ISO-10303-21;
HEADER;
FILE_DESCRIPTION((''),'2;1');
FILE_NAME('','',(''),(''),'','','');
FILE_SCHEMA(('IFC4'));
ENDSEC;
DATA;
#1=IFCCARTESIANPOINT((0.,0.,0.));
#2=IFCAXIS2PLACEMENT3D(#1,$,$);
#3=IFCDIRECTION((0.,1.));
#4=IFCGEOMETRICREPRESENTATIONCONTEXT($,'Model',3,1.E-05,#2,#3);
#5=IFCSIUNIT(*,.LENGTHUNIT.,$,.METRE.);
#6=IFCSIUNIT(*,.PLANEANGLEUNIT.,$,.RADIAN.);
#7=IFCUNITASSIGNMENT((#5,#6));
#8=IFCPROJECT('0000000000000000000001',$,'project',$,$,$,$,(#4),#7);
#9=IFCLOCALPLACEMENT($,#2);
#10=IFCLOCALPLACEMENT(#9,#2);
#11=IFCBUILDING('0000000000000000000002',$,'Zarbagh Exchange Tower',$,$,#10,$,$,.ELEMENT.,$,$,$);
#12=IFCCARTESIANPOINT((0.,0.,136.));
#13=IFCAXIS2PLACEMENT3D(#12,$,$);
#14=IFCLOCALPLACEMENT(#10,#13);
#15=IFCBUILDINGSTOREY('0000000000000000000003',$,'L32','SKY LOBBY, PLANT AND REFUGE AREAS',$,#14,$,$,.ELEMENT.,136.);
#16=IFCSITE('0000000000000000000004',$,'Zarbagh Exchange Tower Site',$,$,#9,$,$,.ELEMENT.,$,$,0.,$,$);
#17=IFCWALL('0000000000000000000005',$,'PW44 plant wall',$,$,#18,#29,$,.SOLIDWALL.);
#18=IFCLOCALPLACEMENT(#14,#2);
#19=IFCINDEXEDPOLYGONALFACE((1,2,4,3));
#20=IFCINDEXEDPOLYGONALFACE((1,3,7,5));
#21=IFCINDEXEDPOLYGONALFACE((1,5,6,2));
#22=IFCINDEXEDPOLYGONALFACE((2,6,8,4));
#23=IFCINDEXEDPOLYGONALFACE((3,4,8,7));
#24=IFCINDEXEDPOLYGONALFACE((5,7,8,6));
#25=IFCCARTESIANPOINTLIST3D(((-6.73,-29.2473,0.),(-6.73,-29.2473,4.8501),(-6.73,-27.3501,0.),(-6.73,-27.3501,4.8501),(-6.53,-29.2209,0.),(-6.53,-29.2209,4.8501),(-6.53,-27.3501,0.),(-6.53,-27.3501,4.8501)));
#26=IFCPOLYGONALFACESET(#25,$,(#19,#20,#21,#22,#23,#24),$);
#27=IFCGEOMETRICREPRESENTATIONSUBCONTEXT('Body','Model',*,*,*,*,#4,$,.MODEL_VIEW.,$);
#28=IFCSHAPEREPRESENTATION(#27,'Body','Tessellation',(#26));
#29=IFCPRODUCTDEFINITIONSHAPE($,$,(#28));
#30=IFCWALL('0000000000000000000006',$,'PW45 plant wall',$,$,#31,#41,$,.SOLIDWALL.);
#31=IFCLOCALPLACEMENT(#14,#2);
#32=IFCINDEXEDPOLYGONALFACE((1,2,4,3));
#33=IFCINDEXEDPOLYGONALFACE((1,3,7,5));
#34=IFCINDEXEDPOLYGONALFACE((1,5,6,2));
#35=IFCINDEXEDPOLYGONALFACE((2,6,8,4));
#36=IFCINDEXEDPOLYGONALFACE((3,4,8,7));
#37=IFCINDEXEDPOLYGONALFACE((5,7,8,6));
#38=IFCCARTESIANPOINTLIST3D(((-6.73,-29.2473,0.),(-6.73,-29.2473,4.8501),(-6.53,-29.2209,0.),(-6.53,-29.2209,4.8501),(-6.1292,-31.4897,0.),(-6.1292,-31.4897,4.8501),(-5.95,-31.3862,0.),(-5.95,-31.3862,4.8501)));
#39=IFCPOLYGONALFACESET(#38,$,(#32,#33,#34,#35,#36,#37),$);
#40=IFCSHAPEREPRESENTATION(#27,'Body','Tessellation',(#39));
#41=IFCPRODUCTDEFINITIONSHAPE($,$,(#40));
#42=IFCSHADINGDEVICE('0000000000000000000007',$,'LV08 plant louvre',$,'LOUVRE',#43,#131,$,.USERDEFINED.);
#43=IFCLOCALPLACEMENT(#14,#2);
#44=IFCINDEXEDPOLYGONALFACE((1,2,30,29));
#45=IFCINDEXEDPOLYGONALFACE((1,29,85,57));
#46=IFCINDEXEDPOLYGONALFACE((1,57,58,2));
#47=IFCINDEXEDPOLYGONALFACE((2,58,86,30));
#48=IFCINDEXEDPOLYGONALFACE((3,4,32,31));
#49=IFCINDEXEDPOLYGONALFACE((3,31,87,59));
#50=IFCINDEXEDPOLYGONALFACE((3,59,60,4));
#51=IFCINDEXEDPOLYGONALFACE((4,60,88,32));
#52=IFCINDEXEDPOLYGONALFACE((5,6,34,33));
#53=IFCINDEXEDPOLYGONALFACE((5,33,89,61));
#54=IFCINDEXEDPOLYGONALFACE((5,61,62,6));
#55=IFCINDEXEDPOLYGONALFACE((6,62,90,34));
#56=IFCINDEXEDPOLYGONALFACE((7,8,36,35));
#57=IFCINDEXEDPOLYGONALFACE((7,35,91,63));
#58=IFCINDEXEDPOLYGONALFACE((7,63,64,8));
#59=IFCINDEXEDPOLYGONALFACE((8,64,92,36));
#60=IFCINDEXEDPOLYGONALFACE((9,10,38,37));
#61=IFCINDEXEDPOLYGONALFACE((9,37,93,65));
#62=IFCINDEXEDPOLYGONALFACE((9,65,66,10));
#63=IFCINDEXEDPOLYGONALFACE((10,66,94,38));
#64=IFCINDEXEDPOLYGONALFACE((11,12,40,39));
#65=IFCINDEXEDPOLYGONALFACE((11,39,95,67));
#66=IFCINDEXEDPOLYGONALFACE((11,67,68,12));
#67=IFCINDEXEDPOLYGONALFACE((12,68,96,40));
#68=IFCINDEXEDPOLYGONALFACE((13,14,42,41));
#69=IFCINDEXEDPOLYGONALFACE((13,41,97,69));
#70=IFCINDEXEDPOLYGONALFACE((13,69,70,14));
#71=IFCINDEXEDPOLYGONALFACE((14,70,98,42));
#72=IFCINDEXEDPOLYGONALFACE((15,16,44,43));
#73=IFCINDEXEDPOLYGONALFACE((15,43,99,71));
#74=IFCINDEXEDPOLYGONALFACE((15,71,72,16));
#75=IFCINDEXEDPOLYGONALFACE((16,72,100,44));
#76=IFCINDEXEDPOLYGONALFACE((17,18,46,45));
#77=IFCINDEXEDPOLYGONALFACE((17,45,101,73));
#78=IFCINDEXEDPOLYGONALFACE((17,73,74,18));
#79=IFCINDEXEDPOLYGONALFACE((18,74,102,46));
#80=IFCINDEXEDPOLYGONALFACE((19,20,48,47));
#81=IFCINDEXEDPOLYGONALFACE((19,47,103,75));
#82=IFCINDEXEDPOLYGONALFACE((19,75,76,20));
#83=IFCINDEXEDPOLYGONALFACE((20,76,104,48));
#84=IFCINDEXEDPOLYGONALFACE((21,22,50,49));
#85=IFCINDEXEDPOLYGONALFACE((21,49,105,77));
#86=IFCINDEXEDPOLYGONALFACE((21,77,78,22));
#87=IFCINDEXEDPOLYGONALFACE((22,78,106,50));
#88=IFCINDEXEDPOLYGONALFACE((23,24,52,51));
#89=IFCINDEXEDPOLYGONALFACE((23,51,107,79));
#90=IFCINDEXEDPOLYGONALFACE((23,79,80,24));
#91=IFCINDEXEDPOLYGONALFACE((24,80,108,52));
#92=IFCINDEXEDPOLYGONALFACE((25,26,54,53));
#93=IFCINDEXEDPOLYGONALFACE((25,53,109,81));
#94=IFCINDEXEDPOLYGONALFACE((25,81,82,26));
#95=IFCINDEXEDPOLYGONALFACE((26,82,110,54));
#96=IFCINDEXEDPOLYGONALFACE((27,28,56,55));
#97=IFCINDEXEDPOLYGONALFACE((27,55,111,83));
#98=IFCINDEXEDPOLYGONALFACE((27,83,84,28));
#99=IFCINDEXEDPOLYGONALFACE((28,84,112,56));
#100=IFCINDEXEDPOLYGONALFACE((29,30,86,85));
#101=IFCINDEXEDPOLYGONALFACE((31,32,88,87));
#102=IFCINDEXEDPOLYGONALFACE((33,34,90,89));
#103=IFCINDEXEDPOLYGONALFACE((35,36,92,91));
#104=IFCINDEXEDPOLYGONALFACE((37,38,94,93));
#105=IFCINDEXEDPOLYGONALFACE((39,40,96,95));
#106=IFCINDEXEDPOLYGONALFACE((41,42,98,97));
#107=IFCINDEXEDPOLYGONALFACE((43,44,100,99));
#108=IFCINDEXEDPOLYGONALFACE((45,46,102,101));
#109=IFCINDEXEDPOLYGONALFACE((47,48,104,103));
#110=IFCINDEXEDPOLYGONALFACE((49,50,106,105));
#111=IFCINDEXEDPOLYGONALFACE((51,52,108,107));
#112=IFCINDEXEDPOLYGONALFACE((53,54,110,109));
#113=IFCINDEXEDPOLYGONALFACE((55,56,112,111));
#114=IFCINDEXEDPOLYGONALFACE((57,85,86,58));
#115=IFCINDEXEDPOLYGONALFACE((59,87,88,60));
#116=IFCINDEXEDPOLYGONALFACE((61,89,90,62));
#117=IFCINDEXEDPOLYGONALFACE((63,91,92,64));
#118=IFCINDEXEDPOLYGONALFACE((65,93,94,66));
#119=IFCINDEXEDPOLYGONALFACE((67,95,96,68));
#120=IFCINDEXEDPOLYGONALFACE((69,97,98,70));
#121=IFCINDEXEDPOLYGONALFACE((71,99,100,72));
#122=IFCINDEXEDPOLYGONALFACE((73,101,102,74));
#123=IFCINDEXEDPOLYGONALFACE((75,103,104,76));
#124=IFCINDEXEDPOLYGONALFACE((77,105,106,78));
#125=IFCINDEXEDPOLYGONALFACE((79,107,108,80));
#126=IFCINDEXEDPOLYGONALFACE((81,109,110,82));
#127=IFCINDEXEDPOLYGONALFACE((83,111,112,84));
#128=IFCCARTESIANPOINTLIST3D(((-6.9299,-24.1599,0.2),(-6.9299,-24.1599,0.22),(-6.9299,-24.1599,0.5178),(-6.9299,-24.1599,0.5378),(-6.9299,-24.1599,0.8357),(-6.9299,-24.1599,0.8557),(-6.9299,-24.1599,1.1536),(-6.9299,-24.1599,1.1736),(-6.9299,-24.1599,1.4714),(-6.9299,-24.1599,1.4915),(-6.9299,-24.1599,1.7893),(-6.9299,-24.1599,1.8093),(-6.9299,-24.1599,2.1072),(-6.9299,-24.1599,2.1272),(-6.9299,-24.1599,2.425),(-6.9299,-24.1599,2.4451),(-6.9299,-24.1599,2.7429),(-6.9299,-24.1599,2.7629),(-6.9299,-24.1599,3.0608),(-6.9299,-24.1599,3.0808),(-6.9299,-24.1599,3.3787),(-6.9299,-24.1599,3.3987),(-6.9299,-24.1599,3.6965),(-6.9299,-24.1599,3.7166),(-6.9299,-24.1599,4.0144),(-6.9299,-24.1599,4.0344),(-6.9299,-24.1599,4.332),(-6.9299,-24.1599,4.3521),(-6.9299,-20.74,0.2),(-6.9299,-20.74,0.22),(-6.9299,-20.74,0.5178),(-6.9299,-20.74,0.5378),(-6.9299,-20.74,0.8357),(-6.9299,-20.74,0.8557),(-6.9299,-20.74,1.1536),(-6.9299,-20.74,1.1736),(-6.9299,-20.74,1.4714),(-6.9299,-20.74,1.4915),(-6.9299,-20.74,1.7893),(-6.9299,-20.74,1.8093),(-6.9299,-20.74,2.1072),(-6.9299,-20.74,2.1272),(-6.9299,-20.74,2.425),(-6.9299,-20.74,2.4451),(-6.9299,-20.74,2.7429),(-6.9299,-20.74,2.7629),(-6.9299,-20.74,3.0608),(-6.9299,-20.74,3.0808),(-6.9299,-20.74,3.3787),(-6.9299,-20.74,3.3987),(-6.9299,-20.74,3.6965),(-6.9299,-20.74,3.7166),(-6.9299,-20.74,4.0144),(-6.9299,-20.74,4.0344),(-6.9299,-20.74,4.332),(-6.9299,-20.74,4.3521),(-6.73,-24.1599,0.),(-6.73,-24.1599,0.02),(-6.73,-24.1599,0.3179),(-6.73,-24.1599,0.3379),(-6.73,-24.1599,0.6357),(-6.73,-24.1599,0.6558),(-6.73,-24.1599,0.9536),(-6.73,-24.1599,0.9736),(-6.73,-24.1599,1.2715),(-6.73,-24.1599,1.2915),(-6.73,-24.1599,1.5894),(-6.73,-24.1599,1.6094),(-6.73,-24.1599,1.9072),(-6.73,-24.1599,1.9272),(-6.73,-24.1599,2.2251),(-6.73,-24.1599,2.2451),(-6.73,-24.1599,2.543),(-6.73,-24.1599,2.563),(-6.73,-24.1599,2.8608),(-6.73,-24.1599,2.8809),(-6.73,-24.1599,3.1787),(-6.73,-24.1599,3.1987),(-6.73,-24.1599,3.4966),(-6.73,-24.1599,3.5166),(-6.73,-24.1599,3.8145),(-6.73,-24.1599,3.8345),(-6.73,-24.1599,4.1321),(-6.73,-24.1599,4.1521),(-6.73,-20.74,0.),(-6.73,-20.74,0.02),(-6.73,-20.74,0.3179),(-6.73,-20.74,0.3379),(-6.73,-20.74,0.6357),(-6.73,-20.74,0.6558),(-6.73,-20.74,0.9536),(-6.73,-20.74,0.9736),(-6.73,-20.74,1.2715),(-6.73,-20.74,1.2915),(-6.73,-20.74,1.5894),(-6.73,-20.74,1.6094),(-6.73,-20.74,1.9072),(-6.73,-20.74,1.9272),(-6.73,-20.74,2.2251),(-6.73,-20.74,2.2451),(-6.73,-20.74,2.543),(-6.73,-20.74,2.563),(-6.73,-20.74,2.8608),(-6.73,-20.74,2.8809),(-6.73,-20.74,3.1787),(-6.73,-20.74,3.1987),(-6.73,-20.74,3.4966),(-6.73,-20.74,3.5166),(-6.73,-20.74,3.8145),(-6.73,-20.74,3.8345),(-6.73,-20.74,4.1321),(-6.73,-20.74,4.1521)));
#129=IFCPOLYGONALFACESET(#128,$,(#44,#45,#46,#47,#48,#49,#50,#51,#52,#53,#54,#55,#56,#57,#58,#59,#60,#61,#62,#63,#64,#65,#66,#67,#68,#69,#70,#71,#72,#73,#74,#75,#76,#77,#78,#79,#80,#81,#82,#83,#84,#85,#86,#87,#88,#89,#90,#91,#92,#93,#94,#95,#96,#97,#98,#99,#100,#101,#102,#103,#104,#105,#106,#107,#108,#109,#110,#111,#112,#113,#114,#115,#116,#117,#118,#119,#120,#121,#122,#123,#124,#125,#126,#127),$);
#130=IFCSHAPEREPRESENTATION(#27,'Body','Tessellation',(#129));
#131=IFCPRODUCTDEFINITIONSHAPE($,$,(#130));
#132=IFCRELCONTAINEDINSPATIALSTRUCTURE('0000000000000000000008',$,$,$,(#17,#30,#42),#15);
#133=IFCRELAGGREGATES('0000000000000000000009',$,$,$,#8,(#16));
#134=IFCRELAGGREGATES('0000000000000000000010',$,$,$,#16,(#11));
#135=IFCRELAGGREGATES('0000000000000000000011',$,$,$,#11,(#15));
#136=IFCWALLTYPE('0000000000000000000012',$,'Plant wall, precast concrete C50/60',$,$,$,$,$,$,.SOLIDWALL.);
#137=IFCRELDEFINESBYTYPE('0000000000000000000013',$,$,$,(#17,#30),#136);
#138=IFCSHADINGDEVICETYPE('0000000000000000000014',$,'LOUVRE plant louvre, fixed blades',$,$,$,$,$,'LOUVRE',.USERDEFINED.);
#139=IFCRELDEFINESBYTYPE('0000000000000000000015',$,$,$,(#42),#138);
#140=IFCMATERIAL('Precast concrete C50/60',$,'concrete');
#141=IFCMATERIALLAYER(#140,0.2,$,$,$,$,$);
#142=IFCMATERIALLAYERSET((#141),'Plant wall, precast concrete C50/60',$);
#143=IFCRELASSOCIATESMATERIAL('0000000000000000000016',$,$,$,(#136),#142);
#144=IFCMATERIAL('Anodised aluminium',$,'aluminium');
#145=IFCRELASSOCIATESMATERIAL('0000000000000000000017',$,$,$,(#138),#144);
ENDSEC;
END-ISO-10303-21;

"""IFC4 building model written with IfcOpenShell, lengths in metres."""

from ifc_helpers import new_model, si_unit, direction, frame, origin, place, context, subcontext, project, spatial, polyline, outline, extrude, source, transform, mapped, material, layer, layer_set, type_object, element, save


model = new_model("IFC4")

# Units and contexts
model_context = context("Model", 3, precision=1e-05, world=origin(), true_north=direction((0.0, 1.0)))
body_context = subcontext(model_context, "Body", "Model", "MODEL_VIEW")
ifc_project = project(units=[si_unit("LENGTHUNIT", "METRE"), si_unit("PLANEANGLEUNIT", "RADIAN")], contexts=[model_context])

# Site, building, storey
site_placement = place(None, origin())
site = spatial("IfcSite", under=ifc_project, at=site_placement, Name="Zarbagh Exchange Tower Site", CompositionType="ELEMENT", RefElevation=0.0)
building_placement = place(site_placement, origin())
building = spatial("IfcBuilding", under=site, at=building_placement, Name="Zarbagh Exchange Tower", CompositionType="ELEMENT")
storey_placement = place(building_placement, frame((0.0, 0.0, 136.0)))
storey = spatial("IfcBuildingStorey", under=building, at=storey_placement, Name="L32", Description="SKY LOBBY, PLANT AND REFUGE AREAS", CompositionType="ELEMENT", Elevation=136.0)

# Walls
ifc_material_1 = material(Name="Precast concrete C50/60", Category="concrete")
ifc_layer_1 = layer(ifc_material_1, 0.2)
ifc_layer_set_1 = layer_set([ifc_layer_1], Name="Plant wall, precast concrete C50/60")
wall_type = type_object("IfcWallType", Name="Plant wall, precast concrete C50/60", PredefinedType="SOLIDWALL", material=ifc_layer_set_1)
wall_1_placement = place(storey_placement, origin())
element("IfcWall", 1, at=wall_1_placement, inside=storey, type_object=wall_type, Name="PW44 plant wall", PredefinedType="SOLIDWALL", context=body_context, shape_type="SweptSolid", body=[
    extrude(outline(polyline([(-6.73, -27.3501), (-6.73, -29.2473), (-6.53, -29.2209), (-6.53, -27.3501), (-6.73, -27.3501)])), origin(), (0.0, 0.0, 1.0), 4.8501),
])
wall_2_placement = place(storey_placement, origin())
element("IfcWall", 2, at=wall_2_placement, inside=storey, type_object=wall_type, Name="PW45 plant wall", PredefinedType="SOLIDWALL", context=body_context, shape_type="SweptSolid", body=[
    extrude(outline(polyline([(-6.73, -29.2473), (-6.1292, -31.4897), (-5.95, -31.3862), (-6.53, -29.2209), (-6.73, -29.2473)])), origin(), (0.0, 0.0, 1.0), 4.8501),
])

# Shared definitions
placement = place(storey_placement, origin())

# Shading device
ifc_material_2 = material(Name="Anodised aluminium", Category="aluminium")
shading_device_type = type_object("IfcShadingDeviceType", Name="LOUVRE plant louvre, fixed blades", ElementType="LOUVRE", PredefinedType="USERDEFINED", material=ifc_material_2)
shared_shape_1 = source(origin(), body_context, "Body", "SweptSolid", [
    extrude(outline(polyline([(0.0, 0.2), (0.2, 0.0), (0.2, -0.02), (0.0, 0.1799), (0.0, 0.2)])), origin(), (0.0, 0.0, 1.0), 3.4199),
])
element("IfcShadingDevice", 3, at=placement, inside=storey, type_object=shading_device_type, Name="LV08 plant louvre", ObjectType="LOUVRE", PredefinedType="USERDEFINED", context=body_context, shape_type="MappedRepresentation", body=[
    mapped(shared_shape_1, transform((-6.73, -20.74, 0.2), x_axis=(-1.0, 0.0, 0.0), y_axis=(0.0, 0.0, -1.0), z_axis=(0.0, -1.0, 0.0))),
    mapped(shared_shape_1, transform((-6.73, -20.74, 0.5178), x_axis=(-1.0, 0.0, 0.0), y_axis=(0.0, 0.0, -1.0), z_axis=(0.0, -1.0, 0.0))),
    mapped(shared_shape_1, transform((-6.73, -20.74, 0.8357), x_axis=(-1.0, 0.0, 0.0), y_axis=(0.0, 0.0, -1.0), z_axis=(0.0, -1.0, 0.0))),
    mapped(shared_shape_1, transform((-6.73, -20.74, 1.1536), x_axis=(-1.0, 0.0, 0.0), y_axis=(0.0, 0.0, -1.0), z_axis=(0.0, -1.0, 0.0))),
    mapped(shared_shape_1, transform((-6.73, -20.74, 1.4714), x_axis=(-1.0, 0.0, 0.0), y_axis=(0.0, 0.0, -1.0), z_axis=(0.0, -1.0, 0.0))),
    mapped(shared_shape_1, transform((-6.73, -20.74, 1.7893), x_axis=(-1.0, 0.0, 0.0), y_axis=(0.0, 0.0, -1.0), z_axis=(0.0, -1.0, 0.0))),
    mapped(shared_shape_1, transform((-6.73, -20.74, 2.1072), x_axis=(-1.0, 0.0, 0.0), y_axis=(0.0, 0.0, -1.0), z_axis=(0.0, -1.0, 0.0))),
    mapped(shared_shape_1, transform((-6.73, -20.74, 2.425), x_axis=(-1.0, 0.0, 0.0), y_axis=(0.0, 0.0, -1.0), z_axis=(0.0, -1.0, 0.0))),
    mapped(shared_shape_1, transform((-6.73, -20.74, 2.7429), x_axis=(-1.0, 0.0, 0.0), y_axis=(0.0, 0.0, -1.0), z_axis=(0.0, -1.0, 0.0))),
    mapped(shared_shape_1, transform((-6.73, -20.74, 3.0608), x_axis=(-1.0, 0.0, 0.0), y_axis=(0.0, 0.0, -1.0), z_axis=(0.0, -1.0, 0.0))),
    mapped(shared_shape_1, transform((-6.73, -20.74, 3.3787), x_axis=(-1.0, 0.0, 0.0), y_axis=(0.0, 0.0, -1.0), z_axis=(0.0, -1.0, 0.0))),
    mapped(shared_shape_1, transform((-6.73, -20.74, 3.6965), x_axis=(-1.0, 0.0, 0.0), y_axis=(0.0, 0.0, -1.0), z_axis=(0.0, -1.0, 0.0))),
    mapped(shared_shape_1, transform((-6.73, -20.74, 4.0144), x_axis=(-1.0, 0.0, 0.0), y_axis=(0.0, 0.0, -1.0), z_axis=(0.0, -1.0, 0.0))),
    mapped(shared_shape_1, transform((-6.73, -20.74, 4.332), x_axis=(-1.0, 0.0, 0.0), y_axis=(0.0, 0.0, -1.0), z_axis=(0.0, -1.0, 0.0))),
])

save(model, "model.ifc")
